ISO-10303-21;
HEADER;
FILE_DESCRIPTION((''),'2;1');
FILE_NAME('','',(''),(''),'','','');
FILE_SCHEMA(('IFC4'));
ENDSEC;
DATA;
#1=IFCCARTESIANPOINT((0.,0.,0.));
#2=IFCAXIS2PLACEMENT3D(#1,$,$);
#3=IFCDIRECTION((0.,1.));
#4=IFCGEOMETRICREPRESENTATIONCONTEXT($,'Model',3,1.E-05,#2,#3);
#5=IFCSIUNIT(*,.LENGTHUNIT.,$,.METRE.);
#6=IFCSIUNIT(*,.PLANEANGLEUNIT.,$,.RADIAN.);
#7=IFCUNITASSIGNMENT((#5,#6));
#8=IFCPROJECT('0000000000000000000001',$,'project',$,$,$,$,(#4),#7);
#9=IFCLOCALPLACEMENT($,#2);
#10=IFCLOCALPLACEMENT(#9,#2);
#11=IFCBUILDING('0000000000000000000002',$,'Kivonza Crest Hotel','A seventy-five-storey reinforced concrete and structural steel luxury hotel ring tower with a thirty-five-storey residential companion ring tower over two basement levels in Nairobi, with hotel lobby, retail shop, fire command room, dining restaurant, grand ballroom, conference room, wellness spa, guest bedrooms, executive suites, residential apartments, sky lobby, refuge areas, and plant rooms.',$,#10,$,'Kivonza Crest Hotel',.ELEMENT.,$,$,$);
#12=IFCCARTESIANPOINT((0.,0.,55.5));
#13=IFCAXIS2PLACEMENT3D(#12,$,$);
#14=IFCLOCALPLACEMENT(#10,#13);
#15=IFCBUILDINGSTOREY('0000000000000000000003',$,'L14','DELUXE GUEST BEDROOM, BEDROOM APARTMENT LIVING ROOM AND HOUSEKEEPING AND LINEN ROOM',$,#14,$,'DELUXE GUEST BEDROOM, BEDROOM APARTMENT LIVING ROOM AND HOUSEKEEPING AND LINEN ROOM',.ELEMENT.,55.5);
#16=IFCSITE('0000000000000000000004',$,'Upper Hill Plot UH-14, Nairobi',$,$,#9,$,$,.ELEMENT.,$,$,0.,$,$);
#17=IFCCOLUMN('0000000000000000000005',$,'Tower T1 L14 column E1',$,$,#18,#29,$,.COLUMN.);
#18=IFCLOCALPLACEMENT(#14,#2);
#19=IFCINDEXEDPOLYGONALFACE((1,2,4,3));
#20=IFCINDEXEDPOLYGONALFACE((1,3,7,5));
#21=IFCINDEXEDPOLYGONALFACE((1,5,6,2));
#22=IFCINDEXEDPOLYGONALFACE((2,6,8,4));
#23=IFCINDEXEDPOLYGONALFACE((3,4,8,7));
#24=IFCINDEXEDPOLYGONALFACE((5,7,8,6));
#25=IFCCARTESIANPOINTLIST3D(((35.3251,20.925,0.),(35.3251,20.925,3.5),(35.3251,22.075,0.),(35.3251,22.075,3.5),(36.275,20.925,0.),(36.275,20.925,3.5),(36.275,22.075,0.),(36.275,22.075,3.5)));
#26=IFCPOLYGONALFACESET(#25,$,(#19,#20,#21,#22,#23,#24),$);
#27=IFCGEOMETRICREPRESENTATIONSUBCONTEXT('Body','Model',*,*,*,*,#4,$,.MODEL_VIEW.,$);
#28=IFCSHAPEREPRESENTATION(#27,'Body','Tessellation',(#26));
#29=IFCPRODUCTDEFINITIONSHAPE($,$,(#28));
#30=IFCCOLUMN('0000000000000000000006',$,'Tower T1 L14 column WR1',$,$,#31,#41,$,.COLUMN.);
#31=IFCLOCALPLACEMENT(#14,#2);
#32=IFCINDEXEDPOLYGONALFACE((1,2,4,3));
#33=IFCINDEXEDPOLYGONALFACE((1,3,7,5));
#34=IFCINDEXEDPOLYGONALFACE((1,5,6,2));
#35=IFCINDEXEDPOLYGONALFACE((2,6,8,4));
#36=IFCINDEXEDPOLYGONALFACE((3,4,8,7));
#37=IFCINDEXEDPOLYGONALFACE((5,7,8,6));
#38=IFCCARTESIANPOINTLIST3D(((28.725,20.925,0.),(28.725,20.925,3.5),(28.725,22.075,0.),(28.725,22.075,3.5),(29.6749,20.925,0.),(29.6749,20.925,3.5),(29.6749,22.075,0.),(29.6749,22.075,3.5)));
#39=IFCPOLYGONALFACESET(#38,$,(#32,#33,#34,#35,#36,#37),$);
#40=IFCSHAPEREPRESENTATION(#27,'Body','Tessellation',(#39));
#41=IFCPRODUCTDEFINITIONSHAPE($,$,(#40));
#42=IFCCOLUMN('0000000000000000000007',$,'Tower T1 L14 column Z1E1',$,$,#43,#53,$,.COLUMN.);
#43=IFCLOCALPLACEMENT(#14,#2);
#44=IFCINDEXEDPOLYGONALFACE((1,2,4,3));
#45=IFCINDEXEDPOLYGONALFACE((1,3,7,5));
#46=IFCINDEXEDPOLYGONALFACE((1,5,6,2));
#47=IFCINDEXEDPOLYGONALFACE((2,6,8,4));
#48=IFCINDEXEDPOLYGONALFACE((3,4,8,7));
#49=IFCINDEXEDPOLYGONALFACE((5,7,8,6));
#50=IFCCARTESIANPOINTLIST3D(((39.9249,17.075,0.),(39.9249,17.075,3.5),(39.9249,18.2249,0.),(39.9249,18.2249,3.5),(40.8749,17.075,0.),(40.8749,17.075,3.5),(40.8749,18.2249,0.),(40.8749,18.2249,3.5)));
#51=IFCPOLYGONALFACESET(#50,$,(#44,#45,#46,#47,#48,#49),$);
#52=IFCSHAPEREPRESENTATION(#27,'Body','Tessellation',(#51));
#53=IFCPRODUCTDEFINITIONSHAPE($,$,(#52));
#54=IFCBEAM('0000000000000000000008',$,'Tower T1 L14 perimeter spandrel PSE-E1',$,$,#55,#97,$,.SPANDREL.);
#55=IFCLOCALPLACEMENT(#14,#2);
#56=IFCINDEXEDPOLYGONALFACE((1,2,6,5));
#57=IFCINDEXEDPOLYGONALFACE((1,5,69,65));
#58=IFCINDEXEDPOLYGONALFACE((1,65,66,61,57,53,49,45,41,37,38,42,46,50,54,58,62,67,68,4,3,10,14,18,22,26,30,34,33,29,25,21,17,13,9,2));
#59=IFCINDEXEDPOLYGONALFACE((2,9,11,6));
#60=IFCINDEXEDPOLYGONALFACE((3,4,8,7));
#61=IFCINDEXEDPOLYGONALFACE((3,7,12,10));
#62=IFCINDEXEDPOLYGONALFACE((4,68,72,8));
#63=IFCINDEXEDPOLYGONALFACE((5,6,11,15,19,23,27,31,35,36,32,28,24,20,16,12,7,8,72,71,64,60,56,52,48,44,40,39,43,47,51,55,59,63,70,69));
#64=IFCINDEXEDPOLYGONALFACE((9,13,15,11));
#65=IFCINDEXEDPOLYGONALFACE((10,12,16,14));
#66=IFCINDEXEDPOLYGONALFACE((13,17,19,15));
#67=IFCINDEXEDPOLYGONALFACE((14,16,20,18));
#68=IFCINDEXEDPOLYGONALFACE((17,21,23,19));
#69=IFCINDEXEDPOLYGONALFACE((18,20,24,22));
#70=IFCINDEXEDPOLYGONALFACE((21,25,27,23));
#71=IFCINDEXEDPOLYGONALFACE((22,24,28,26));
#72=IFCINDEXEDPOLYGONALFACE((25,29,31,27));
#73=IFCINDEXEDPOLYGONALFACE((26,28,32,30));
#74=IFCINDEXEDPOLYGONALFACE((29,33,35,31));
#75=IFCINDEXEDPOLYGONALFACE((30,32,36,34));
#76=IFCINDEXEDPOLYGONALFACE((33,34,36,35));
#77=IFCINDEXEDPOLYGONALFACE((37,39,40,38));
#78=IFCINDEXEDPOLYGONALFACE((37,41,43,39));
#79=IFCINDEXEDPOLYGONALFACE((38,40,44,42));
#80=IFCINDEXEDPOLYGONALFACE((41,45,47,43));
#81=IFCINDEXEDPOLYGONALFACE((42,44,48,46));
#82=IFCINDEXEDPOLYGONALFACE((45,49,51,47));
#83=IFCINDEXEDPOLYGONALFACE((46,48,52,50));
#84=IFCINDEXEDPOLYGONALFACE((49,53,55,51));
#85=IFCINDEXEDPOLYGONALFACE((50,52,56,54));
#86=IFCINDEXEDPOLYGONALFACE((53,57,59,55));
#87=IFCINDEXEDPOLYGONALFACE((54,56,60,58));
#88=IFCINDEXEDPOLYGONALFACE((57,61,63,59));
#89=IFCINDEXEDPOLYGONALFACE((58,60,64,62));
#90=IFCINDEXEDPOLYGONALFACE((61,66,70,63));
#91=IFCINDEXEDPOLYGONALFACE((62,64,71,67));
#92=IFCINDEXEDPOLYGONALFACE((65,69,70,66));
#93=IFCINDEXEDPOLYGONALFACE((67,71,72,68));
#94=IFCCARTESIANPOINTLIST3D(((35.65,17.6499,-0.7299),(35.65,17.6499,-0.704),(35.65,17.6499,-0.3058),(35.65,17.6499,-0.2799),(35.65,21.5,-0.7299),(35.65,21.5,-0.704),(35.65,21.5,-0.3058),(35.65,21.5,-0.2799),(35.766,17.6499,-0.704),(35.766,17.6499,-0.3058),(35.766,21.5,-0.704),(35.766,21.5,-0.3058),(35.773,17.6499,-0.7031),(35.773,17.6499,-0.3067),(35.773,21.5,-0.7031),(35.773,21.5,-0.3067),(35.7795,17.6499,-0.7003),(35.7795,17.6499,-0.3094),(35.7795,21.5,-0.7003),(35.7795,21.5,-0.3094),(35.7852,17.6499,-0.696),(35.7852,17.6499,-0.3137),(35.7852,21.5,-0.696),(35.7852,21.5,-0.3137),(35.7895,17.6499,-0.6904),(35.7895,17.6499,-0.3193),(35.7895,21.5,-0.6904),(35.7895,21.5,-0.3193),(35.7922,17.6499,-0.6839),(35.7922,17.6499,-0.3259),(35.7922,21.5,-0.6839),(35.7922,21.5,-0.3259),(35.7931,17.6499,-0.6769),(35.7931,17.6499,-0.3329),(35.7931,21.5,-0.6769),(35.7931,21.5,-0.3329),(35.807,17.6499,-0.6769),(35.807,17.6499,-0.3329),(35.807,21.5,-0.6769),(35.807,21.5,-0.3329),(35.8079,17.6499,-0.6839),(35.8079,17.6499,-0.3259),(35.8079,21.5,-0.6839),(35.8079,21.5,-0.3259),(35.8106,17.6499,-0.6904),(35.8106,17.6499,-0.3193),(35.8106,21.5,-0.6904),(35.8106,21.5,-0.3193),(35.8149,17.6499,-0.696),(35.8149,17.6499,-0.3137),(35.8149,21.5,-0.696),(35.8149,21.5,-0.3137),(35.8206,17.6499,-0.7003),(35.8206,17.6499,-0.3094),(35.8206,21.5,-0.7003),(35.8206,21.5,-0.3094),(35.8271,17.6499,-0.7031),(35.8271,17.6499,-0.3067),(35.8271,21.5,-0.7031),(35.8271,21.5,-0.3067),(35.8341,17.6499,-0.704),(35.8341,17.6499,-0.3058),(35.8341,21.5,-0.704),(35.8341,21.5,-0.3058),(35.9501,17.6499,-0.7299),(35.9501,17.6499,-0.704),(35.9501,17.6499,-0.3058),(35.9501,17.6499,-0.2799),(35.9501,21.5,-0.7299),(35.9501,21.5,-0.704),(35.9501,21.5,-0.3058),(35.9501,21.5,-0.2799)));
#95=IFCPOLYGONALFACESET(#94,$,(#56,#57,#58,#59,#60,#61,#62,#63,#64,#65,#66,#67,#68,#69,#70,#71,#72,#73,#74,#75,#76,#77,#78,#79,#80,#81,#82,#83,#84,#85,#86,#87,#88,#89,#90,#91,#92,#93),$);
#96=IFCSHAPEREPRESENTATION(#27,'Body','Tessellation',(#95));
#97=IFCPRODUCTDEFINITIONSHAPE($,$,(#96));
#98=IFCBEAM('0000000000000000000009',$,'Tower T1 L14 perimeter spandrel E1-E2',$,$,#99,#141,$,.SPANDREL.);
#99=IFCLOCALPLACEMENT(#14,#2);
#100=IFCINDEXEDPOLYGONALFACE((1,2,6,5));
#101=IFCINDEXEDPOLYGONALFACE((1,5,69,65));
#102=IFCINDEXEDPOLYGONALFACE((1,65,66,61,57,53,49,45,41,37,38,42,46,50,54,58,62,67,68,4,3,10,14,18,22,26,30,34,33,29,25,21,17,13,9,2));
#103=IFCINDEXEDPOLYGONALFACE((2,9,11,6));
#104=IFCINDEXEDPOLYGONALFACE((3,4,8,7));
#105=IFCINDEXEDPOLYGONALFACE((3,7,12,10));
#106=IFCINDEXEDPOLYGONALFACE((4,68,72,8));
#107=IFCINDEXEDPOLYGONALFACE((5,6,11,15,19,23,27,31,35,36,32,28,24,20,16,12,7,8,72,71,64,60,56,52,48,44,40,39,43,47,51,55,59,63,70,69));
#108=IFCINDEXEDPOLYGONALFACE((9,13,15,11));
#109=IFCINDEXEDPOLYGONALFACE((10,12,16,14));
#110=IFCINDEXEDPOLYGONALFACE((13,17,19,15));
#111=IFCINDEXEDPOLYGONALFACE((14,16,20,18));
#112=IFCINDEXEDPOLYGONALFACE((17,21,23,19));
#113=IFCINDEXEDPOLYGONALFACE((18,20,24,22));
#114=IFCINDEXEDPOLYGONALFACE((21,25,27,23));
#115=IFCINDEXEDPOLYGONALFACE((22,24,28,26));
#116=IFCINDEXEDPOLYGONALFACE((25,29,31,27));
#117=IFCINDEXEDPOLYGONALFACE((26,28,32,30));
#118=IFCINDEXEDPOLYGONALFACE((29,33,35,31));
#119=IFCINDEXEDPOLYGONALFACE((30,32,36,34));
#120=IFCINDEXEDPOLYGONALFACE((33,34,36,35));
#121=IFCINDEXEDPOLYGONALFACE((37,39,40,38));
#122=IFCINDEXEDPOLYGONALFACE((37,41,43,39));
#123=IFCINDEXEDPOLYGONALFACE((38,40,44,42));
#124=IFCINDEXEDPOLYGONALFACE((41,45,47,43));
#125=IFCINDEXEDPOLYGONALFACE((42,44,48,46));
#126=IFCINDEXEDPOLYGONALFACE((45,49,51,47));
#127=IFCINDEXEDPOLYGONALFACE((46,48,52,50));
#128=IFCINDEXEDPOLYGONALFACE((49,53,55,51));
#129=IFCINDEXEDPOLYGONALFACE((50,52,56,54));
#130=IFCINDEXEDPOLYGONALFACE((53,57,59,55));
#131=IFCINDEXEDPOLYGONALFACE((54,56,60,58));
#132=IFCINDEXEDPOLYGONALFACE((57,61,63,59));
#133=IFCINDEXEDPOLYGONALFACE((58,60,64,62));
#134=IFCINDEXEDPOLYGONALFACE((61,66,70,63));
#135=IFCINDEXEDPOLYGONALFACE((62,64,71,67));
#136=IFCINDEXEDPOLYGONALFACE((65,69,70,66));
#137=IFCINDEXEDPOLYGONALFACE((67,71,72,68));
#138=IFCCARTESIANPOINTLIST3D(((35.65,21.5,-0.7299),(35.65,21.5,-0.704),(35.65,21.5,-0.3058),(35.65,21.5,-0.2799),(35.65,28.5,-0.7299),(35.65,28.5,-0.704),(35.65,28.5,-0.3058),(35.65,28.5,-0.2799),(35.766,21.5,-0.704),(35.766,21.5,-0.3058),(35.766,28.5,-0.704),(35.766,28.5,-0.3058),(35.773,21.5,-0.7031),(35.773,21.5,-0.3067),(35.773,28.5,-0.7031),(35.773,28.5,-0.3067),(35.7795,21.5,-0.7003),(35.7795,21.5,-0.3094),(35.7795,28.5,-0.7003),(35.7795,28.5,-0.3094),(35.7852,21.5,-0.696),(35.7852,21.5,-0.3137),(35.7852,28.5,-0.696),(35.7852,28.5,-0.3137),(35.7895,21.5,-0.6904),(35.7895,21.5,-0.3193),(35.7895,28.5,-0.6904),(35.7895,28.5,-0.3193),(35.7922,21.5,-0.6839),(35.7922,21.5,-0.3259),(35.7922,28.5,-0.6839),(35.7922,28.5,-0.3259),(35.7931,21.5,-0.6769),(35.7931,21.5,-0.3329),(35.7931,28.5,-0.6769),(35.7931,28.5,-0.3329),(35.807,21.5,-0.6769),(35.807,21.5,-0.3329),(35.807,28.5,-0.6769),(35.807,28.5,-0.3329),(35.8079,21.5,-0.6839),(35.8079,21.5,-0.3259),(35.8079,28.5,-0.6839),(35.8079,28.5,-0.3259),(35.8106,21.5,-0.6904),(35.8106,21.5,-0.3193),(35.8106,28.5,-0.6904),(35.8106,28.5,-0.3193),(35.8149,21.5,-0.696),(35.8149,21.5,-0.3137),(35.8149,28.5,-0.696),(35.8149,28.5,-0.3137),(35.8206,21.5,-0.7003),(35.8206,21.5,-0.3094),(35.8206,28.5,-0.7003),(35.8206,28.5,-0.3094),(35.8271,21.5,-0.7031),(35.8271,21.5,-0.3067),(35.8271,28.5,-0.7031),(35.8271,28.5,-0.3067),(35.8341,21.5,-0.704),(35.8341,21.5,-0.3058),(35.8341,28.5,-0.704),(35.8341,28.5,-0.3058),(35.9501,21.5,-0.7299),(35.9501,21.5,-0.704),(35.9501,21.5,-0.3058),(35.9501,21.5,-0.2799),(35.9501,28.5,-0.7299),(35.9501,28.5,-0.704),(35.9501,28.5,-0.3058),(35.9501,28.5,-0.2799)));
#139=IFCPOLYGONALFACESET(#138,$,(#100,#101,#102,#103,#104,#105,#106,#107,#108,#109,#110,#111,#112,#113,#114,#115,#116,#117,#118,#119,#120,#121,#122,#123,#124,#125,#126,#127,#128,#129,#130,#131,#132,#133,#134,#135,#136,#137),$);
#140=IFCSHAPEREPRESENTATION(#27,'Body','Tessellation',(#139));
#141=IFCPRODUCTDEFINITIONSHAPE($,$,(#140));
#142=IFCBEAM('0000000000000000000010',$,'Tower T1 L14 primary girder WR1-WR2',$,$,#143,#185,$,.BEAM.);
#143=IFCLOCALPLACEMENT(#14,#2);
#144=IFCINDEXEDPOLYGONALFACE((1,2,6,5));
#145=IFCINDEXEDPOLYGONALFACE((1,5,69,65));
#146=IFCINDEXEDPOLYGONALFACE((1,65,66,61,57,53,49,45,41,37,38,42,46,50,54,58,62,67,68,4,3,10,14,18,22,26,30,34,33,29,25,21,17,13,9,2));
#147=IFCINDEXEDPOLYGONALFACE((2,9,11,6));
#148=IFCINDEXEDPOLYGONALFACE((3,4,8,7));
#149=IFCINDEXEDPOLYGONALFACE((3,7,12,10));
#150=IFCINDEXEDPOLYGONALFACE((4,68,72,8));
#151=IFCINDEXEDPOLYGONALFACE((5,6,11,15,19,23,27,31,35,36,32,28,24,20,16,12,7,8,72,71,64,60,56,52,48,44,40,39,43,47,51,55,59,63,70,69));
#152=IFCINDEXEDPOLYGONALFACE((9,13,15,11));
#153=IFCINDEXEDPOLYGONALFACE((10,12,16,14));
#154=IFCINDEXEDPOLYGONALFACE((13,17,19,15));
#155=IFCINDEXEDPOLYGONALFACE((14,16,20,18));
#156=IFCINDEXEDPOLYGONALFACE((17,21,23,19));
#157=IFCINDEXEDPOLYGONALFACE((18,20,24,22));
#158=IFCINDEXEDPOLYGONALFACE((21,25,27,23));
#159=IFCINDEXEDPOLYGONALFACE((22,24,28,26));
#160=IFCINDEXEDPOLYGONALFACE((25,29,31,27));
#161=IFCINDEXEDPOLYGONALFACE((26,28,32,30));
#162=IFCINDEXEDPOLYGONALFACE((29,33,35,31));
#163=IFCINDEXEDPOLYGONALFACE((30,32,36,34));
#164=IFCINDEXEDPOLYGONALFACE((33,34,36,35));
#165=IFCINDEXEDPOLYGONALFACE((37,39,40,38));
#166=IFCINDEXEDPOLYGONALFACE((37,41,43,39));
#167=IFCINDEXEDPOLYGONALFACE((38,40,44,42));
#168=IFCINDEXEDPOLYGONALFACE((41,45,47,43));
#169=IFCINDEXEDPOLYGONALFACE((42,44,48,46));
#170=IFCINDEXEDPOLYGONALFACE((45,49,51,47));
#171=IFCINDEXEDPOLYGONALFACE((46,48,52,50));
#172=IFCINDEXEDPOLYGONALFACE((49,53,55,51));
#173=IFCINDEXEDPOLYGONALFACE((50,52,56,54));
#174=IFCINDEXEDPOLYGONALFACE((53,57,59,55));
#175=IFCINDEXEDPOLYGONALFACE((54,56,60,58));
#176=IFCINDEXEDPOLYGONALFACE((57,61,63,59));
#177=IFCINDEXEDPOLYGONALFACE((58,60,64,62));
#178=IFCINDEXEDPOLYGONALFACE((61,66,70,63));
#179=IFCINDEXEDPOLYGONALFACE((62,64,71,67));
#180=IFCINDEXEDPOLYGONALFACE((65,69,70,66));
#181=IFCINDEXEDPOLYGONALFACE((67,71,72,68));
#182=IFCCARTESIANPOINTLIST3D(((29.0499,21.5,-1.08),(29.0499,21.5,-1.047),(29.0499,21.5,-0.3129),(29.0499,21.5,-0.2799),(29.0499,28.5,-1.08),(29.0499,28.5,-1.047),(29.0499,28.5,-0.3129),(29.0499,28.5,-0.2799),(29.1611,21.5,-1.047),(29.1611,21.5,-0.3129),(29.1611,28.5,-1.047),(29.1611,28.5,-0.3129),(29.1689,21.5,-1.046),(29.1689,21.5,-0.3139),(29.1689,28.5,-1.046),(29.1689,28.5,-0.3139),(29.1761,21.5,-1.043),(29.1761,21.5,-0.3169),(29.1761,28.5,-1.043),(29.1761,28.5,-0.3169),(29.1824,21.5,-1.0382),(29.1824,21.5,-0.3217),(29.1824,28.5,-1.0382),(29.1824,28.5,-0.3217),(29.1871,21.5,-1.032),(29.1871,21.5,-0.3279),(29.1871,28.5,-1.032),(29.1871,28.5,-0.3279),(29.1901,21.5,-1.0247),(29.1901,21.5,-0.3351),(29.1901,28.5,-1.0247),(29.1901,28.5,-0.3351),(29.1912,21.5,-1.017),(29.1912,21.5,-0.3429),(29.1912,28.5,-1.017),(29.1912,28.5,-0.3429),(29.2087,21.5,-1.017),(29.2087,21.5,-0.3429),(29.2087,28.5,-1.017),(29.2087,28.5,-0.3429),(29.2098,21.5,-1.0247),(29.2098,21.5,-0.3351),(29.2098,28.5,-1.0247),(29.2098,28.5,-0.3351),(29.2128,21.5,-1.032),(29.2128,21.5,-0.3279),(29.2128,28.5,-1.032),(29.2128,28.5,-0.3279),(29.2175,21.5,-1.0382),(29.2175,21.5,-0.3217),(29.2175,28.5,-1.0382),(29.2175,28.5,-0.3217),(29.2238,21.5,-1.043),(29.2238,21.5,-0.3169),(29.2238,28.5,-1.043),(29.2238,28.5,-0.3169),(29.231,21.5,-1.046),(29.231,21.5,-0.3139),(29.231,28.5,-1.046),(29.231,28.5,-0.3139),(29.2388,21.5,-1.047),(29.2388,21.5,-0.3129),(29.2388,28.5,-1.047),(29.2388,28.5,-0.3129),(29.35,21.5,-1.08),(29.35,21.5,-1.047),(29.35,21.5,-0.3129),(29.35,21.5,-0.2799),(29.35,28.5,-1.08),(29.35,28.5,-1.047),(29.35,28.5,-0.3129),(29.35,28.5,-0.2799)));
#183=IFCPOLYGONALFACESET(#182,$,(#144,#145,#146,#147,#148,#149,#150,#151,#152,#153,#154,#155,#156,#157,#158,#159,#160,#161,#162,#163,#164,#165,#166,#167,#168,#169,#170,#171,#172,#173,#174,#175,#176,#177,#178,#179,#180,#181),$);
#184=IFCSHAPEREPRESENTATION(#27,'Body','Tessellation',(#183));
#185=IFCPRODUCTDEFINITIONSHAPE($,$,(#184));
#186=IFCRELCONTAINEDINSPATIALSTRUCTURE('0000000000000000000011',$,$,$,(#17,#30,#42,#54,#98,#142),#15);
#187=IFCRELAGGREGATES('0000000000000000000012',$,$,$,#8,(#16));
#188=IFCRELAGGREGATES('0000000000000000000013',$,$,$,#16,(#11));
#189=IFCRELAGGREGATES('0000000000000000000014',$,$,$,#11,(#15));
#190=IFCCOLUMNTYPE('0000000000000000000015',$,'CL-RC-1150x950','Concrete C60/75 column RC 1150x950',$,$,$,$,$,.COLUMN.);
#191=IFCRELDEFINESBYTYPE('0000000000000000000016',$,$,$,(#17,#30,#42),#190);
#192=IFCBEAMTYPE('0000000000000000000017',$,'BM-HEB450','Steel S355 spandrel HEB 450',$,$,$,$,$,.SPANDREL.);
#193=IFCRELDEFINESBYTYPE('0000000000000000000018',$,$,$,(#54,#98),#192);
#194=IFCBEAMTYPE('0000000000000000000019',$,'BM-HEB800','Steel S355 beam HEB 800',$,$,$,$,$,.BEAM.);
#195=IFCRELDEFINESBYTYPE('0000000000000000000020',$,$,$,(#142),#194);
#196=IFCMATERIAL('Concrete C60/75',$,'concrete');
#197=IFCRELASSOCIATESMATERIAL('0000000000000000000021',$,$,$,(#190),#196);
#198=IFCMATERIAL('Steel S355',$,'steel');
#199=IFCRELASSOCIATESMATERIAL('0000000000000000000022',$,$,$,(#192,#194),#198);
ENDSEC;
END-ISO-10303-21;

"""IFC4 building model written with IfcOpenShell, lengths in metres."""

from ifc_helpers import new_model, si_unit, direction, frame, origin, origin_2d, place, context, subcontext, project, spatial, rectangle, i_section, extrude, material, material_profile, profile_set, type_object, element, save


model = new_model("IFC4")

# Units and contexts
model_context = context("Model", 3, precision=1e-05, world=origin(), true_north=direction((0.0, 1.0)))
body_context = subcontext(model_context, "Body", "Model", "MODEL_VIEW")
ifc_project = project(units=[si_unit("LENGTHUNIT", "METRE"), si_unit("PLANEANGLEUNIT", "RADIAN")], contexts=[model_context])

# Site, building, storey
site_placement = place(None, origin())
site = spatial("IfcSite", under=ifc_project, at=site_placement, Name="Upper Hill Plot UH-14, Nairobi", CompositionType="ELEMENT", RefElevation=0.0)
building_placement = place(site_placement, origin())
building = spatial("IfcBuilding", under=site, at=building_placement, Name="Kivonza Crest Hotel", Description="A seventy-five-storey reinforced concrete and structural steel luxury hotel ring tower with a thirty-five-storey residential companion ring tower over two basement levels in Nairobi, with hotel lobby, retail shop, fire command room, dining restaurant, grand ballroom, conference room, wellness spa, guest bedrooms, executive suites, residential apartments, sky lobby, refuge areas, and plant rooms.", LongName="Kivonza Crest Hotel", CompositionType="ELEMENT")
storey_placement = place(building_placement, frame((0.0, 0.0, 55.5)))
storey = spatial("IfcBuildingStorey", under=building, at=storey_placement, Name="L14", Description="DELUXE GUEST BEDROOM, BEDROOM APARTMENT LIVING ROOM AND HOUSEKEEPING AND LINEN ROOM", LongName="DELUXE GUEST BEDROOM, BEDROOM APARTMENT LIVING ROOM AND HOUSEKEEPING AND LINEN ROOM", CompositionType="ELEMENT", Elevation=55.5)

# Columns
ifc_material_1 = material(Name="Concrete C60/75", Category="concrete")
ifc_material_profile_1 = material_profile(ifc_material_1, rectangle(XDim=0.95, YDim=1.1499, at=origin_2d()), Name="RC 1150x950")
ifc_profile_set_1 = profile_set([ifc_material_profile_1], Name="Concrete C60/75")
column_type = type_object("IfcColumnType", Name="CL-RC-1150x950", Description="Concrete C60/75 column RC 1150x950", PredefinedType="COLUMN", material=ifc_profile_set_1)
for number, where, z_axis, x_axis, name in (
    (1, (35.8, 21.5, 0.0), (0.0, 0.0, 1.0), (1.0, 0.0, 0.0), "Tower T1 L14 column E1"),
    (2, (29.2, 21.5, 0.0), (0.0, 0.0, 1.0), (1.0, 0.0, 0.0), "Tower T1 L14 column WR1"),
    (3, (40.3999, 17.6499, 0.0), (0.0, 0.0, 1.0), (1.0, 0.0, 0.0), "Tower T1 L14 column Z1E1"),
):
    element("IfcColumn", number, at=place(storey_placement, frame(where, z_axis=z_axis, x_axis=x_axis)), inside=storey, type_object=column_type, Name=name, PredefinedType="COLUMN", context=body_context, shape_type="SweptSolid", body=[
        extrude(rectangle(XDim=0.95, YDim=1.1499, at=origin_2d()), origin(), (0.0, 0.0, 1.0), 3.5),
    ])

# Beams
ifc_material_2 = material(Name="Steel S355", Category="steel")
ifc_material_profile_2 = material_profile(ifc_material_2, i_section(OverallWidth=0.3, OverallDepth=0.45, WebThickness=0.0139, FlangeThickness=0.0259, FilletRadius=0.0271, at=origin_2d()), Name="HEB 450")
ifc_profile_set_2 = profile_set([ifc_material_profile_2], Name="Steel S355")
beam_type_1 = type_object("IfcBeamType", Name="BM-HEB450", Description="Steel S355 spandrel HEB 450", PredefinedType="SPANDREL", material=ifc_profile_set_2)
beam_1_placement = place(storey_placement, frame((35.8, 17.6499, -0.5049), z_axis=(0.0, 1.0, 0.0), x_axis=(-1.0, 0.0, 0.0)))
element("IfcBeam", 4, at=beam_1_placement, inside=storey, type_object=beam_type_1, Name="Tower T1 L14 perimeter spandrel PSE-E1", PredefinedType="SPANDREL", context=body_context, shape_type="SweptSolid", body=[
    extrude(i_section(OverallWidth=0.3, OverallDepth=0.45, WebThickness=0.0139, FlangeThickness=0.0259, FilletRadius=0.0271, at=origin_2d()), origin(), (0.0, 0.0, 1.0), 3.8501),
])
beam_2_placement = place(storey_placement, frame((35.8, 21.5, -0.5049), z_axis=(0.0, 1.0, 0.0), x_axis=(-1.0, 0.0, 0.0)))
element("IfcBeam", 5, at=beam_2_placement, inside=storey, type_object=beam_type_1, Name="Tower T1 L14 perimeter spandrel E1-E2", PredefinedType="SPANDREL", context=body_context, shape_type="SweptSolid", body=[
    extrude(i_section(OverallWidth=0.3, OverallDepth=0.45, WebThickness=0.0139, FlangeThickness=0.0259, FilletRadius=0.0271, at=origin_2d()), origin(), (0.0, 0.0, 1.0), 7.0),
])
ifc_material_profile_3 = material_profile(ifc_material_2, i_section(OverallWidth=0.3, OverallDepth=0.8, WebThickness=0.0176, FlangeThickness=0.033, FilletRadius=0.03, at=origin_2d()), Name="HEB 800")
ifc_profile_set_3 = profile_set([ifc_material_profile_3], Name="Steel S355")
beam_type_2 = type_object("IfcBeamType", Name="BM-HEB800", Description="Steel S355 beam HEB 800", PredefinedType="BEAM", material=ifc_profile_set_3)
beam_3_placement = place(storey_placement, frame((29.2, 21.5, -0.6799), z_axis=(0.0, 1.0, 0.0), x_axis=(-1.0, 0.0, 0.0)))
element("IfcBeam", 6, at=beam_3_placement, inside=storey, type_object=beam_type_2, Name="Tower T1 L14 primary girder WR1-WR2", PredefinedType="BEAM", context=body_context, shape_type="SweptSolid", body=[
    extrude(i_section(OverallWidth=0.3, OverallDepth=0.8, WebThickness=0.0176, FlangeThickness=0.033, FilletRadius=0.03, at=origin_2d()), origin(), (0.0, 0.0, 1.0), 7.0),
])

save(model, "model.ifc")
